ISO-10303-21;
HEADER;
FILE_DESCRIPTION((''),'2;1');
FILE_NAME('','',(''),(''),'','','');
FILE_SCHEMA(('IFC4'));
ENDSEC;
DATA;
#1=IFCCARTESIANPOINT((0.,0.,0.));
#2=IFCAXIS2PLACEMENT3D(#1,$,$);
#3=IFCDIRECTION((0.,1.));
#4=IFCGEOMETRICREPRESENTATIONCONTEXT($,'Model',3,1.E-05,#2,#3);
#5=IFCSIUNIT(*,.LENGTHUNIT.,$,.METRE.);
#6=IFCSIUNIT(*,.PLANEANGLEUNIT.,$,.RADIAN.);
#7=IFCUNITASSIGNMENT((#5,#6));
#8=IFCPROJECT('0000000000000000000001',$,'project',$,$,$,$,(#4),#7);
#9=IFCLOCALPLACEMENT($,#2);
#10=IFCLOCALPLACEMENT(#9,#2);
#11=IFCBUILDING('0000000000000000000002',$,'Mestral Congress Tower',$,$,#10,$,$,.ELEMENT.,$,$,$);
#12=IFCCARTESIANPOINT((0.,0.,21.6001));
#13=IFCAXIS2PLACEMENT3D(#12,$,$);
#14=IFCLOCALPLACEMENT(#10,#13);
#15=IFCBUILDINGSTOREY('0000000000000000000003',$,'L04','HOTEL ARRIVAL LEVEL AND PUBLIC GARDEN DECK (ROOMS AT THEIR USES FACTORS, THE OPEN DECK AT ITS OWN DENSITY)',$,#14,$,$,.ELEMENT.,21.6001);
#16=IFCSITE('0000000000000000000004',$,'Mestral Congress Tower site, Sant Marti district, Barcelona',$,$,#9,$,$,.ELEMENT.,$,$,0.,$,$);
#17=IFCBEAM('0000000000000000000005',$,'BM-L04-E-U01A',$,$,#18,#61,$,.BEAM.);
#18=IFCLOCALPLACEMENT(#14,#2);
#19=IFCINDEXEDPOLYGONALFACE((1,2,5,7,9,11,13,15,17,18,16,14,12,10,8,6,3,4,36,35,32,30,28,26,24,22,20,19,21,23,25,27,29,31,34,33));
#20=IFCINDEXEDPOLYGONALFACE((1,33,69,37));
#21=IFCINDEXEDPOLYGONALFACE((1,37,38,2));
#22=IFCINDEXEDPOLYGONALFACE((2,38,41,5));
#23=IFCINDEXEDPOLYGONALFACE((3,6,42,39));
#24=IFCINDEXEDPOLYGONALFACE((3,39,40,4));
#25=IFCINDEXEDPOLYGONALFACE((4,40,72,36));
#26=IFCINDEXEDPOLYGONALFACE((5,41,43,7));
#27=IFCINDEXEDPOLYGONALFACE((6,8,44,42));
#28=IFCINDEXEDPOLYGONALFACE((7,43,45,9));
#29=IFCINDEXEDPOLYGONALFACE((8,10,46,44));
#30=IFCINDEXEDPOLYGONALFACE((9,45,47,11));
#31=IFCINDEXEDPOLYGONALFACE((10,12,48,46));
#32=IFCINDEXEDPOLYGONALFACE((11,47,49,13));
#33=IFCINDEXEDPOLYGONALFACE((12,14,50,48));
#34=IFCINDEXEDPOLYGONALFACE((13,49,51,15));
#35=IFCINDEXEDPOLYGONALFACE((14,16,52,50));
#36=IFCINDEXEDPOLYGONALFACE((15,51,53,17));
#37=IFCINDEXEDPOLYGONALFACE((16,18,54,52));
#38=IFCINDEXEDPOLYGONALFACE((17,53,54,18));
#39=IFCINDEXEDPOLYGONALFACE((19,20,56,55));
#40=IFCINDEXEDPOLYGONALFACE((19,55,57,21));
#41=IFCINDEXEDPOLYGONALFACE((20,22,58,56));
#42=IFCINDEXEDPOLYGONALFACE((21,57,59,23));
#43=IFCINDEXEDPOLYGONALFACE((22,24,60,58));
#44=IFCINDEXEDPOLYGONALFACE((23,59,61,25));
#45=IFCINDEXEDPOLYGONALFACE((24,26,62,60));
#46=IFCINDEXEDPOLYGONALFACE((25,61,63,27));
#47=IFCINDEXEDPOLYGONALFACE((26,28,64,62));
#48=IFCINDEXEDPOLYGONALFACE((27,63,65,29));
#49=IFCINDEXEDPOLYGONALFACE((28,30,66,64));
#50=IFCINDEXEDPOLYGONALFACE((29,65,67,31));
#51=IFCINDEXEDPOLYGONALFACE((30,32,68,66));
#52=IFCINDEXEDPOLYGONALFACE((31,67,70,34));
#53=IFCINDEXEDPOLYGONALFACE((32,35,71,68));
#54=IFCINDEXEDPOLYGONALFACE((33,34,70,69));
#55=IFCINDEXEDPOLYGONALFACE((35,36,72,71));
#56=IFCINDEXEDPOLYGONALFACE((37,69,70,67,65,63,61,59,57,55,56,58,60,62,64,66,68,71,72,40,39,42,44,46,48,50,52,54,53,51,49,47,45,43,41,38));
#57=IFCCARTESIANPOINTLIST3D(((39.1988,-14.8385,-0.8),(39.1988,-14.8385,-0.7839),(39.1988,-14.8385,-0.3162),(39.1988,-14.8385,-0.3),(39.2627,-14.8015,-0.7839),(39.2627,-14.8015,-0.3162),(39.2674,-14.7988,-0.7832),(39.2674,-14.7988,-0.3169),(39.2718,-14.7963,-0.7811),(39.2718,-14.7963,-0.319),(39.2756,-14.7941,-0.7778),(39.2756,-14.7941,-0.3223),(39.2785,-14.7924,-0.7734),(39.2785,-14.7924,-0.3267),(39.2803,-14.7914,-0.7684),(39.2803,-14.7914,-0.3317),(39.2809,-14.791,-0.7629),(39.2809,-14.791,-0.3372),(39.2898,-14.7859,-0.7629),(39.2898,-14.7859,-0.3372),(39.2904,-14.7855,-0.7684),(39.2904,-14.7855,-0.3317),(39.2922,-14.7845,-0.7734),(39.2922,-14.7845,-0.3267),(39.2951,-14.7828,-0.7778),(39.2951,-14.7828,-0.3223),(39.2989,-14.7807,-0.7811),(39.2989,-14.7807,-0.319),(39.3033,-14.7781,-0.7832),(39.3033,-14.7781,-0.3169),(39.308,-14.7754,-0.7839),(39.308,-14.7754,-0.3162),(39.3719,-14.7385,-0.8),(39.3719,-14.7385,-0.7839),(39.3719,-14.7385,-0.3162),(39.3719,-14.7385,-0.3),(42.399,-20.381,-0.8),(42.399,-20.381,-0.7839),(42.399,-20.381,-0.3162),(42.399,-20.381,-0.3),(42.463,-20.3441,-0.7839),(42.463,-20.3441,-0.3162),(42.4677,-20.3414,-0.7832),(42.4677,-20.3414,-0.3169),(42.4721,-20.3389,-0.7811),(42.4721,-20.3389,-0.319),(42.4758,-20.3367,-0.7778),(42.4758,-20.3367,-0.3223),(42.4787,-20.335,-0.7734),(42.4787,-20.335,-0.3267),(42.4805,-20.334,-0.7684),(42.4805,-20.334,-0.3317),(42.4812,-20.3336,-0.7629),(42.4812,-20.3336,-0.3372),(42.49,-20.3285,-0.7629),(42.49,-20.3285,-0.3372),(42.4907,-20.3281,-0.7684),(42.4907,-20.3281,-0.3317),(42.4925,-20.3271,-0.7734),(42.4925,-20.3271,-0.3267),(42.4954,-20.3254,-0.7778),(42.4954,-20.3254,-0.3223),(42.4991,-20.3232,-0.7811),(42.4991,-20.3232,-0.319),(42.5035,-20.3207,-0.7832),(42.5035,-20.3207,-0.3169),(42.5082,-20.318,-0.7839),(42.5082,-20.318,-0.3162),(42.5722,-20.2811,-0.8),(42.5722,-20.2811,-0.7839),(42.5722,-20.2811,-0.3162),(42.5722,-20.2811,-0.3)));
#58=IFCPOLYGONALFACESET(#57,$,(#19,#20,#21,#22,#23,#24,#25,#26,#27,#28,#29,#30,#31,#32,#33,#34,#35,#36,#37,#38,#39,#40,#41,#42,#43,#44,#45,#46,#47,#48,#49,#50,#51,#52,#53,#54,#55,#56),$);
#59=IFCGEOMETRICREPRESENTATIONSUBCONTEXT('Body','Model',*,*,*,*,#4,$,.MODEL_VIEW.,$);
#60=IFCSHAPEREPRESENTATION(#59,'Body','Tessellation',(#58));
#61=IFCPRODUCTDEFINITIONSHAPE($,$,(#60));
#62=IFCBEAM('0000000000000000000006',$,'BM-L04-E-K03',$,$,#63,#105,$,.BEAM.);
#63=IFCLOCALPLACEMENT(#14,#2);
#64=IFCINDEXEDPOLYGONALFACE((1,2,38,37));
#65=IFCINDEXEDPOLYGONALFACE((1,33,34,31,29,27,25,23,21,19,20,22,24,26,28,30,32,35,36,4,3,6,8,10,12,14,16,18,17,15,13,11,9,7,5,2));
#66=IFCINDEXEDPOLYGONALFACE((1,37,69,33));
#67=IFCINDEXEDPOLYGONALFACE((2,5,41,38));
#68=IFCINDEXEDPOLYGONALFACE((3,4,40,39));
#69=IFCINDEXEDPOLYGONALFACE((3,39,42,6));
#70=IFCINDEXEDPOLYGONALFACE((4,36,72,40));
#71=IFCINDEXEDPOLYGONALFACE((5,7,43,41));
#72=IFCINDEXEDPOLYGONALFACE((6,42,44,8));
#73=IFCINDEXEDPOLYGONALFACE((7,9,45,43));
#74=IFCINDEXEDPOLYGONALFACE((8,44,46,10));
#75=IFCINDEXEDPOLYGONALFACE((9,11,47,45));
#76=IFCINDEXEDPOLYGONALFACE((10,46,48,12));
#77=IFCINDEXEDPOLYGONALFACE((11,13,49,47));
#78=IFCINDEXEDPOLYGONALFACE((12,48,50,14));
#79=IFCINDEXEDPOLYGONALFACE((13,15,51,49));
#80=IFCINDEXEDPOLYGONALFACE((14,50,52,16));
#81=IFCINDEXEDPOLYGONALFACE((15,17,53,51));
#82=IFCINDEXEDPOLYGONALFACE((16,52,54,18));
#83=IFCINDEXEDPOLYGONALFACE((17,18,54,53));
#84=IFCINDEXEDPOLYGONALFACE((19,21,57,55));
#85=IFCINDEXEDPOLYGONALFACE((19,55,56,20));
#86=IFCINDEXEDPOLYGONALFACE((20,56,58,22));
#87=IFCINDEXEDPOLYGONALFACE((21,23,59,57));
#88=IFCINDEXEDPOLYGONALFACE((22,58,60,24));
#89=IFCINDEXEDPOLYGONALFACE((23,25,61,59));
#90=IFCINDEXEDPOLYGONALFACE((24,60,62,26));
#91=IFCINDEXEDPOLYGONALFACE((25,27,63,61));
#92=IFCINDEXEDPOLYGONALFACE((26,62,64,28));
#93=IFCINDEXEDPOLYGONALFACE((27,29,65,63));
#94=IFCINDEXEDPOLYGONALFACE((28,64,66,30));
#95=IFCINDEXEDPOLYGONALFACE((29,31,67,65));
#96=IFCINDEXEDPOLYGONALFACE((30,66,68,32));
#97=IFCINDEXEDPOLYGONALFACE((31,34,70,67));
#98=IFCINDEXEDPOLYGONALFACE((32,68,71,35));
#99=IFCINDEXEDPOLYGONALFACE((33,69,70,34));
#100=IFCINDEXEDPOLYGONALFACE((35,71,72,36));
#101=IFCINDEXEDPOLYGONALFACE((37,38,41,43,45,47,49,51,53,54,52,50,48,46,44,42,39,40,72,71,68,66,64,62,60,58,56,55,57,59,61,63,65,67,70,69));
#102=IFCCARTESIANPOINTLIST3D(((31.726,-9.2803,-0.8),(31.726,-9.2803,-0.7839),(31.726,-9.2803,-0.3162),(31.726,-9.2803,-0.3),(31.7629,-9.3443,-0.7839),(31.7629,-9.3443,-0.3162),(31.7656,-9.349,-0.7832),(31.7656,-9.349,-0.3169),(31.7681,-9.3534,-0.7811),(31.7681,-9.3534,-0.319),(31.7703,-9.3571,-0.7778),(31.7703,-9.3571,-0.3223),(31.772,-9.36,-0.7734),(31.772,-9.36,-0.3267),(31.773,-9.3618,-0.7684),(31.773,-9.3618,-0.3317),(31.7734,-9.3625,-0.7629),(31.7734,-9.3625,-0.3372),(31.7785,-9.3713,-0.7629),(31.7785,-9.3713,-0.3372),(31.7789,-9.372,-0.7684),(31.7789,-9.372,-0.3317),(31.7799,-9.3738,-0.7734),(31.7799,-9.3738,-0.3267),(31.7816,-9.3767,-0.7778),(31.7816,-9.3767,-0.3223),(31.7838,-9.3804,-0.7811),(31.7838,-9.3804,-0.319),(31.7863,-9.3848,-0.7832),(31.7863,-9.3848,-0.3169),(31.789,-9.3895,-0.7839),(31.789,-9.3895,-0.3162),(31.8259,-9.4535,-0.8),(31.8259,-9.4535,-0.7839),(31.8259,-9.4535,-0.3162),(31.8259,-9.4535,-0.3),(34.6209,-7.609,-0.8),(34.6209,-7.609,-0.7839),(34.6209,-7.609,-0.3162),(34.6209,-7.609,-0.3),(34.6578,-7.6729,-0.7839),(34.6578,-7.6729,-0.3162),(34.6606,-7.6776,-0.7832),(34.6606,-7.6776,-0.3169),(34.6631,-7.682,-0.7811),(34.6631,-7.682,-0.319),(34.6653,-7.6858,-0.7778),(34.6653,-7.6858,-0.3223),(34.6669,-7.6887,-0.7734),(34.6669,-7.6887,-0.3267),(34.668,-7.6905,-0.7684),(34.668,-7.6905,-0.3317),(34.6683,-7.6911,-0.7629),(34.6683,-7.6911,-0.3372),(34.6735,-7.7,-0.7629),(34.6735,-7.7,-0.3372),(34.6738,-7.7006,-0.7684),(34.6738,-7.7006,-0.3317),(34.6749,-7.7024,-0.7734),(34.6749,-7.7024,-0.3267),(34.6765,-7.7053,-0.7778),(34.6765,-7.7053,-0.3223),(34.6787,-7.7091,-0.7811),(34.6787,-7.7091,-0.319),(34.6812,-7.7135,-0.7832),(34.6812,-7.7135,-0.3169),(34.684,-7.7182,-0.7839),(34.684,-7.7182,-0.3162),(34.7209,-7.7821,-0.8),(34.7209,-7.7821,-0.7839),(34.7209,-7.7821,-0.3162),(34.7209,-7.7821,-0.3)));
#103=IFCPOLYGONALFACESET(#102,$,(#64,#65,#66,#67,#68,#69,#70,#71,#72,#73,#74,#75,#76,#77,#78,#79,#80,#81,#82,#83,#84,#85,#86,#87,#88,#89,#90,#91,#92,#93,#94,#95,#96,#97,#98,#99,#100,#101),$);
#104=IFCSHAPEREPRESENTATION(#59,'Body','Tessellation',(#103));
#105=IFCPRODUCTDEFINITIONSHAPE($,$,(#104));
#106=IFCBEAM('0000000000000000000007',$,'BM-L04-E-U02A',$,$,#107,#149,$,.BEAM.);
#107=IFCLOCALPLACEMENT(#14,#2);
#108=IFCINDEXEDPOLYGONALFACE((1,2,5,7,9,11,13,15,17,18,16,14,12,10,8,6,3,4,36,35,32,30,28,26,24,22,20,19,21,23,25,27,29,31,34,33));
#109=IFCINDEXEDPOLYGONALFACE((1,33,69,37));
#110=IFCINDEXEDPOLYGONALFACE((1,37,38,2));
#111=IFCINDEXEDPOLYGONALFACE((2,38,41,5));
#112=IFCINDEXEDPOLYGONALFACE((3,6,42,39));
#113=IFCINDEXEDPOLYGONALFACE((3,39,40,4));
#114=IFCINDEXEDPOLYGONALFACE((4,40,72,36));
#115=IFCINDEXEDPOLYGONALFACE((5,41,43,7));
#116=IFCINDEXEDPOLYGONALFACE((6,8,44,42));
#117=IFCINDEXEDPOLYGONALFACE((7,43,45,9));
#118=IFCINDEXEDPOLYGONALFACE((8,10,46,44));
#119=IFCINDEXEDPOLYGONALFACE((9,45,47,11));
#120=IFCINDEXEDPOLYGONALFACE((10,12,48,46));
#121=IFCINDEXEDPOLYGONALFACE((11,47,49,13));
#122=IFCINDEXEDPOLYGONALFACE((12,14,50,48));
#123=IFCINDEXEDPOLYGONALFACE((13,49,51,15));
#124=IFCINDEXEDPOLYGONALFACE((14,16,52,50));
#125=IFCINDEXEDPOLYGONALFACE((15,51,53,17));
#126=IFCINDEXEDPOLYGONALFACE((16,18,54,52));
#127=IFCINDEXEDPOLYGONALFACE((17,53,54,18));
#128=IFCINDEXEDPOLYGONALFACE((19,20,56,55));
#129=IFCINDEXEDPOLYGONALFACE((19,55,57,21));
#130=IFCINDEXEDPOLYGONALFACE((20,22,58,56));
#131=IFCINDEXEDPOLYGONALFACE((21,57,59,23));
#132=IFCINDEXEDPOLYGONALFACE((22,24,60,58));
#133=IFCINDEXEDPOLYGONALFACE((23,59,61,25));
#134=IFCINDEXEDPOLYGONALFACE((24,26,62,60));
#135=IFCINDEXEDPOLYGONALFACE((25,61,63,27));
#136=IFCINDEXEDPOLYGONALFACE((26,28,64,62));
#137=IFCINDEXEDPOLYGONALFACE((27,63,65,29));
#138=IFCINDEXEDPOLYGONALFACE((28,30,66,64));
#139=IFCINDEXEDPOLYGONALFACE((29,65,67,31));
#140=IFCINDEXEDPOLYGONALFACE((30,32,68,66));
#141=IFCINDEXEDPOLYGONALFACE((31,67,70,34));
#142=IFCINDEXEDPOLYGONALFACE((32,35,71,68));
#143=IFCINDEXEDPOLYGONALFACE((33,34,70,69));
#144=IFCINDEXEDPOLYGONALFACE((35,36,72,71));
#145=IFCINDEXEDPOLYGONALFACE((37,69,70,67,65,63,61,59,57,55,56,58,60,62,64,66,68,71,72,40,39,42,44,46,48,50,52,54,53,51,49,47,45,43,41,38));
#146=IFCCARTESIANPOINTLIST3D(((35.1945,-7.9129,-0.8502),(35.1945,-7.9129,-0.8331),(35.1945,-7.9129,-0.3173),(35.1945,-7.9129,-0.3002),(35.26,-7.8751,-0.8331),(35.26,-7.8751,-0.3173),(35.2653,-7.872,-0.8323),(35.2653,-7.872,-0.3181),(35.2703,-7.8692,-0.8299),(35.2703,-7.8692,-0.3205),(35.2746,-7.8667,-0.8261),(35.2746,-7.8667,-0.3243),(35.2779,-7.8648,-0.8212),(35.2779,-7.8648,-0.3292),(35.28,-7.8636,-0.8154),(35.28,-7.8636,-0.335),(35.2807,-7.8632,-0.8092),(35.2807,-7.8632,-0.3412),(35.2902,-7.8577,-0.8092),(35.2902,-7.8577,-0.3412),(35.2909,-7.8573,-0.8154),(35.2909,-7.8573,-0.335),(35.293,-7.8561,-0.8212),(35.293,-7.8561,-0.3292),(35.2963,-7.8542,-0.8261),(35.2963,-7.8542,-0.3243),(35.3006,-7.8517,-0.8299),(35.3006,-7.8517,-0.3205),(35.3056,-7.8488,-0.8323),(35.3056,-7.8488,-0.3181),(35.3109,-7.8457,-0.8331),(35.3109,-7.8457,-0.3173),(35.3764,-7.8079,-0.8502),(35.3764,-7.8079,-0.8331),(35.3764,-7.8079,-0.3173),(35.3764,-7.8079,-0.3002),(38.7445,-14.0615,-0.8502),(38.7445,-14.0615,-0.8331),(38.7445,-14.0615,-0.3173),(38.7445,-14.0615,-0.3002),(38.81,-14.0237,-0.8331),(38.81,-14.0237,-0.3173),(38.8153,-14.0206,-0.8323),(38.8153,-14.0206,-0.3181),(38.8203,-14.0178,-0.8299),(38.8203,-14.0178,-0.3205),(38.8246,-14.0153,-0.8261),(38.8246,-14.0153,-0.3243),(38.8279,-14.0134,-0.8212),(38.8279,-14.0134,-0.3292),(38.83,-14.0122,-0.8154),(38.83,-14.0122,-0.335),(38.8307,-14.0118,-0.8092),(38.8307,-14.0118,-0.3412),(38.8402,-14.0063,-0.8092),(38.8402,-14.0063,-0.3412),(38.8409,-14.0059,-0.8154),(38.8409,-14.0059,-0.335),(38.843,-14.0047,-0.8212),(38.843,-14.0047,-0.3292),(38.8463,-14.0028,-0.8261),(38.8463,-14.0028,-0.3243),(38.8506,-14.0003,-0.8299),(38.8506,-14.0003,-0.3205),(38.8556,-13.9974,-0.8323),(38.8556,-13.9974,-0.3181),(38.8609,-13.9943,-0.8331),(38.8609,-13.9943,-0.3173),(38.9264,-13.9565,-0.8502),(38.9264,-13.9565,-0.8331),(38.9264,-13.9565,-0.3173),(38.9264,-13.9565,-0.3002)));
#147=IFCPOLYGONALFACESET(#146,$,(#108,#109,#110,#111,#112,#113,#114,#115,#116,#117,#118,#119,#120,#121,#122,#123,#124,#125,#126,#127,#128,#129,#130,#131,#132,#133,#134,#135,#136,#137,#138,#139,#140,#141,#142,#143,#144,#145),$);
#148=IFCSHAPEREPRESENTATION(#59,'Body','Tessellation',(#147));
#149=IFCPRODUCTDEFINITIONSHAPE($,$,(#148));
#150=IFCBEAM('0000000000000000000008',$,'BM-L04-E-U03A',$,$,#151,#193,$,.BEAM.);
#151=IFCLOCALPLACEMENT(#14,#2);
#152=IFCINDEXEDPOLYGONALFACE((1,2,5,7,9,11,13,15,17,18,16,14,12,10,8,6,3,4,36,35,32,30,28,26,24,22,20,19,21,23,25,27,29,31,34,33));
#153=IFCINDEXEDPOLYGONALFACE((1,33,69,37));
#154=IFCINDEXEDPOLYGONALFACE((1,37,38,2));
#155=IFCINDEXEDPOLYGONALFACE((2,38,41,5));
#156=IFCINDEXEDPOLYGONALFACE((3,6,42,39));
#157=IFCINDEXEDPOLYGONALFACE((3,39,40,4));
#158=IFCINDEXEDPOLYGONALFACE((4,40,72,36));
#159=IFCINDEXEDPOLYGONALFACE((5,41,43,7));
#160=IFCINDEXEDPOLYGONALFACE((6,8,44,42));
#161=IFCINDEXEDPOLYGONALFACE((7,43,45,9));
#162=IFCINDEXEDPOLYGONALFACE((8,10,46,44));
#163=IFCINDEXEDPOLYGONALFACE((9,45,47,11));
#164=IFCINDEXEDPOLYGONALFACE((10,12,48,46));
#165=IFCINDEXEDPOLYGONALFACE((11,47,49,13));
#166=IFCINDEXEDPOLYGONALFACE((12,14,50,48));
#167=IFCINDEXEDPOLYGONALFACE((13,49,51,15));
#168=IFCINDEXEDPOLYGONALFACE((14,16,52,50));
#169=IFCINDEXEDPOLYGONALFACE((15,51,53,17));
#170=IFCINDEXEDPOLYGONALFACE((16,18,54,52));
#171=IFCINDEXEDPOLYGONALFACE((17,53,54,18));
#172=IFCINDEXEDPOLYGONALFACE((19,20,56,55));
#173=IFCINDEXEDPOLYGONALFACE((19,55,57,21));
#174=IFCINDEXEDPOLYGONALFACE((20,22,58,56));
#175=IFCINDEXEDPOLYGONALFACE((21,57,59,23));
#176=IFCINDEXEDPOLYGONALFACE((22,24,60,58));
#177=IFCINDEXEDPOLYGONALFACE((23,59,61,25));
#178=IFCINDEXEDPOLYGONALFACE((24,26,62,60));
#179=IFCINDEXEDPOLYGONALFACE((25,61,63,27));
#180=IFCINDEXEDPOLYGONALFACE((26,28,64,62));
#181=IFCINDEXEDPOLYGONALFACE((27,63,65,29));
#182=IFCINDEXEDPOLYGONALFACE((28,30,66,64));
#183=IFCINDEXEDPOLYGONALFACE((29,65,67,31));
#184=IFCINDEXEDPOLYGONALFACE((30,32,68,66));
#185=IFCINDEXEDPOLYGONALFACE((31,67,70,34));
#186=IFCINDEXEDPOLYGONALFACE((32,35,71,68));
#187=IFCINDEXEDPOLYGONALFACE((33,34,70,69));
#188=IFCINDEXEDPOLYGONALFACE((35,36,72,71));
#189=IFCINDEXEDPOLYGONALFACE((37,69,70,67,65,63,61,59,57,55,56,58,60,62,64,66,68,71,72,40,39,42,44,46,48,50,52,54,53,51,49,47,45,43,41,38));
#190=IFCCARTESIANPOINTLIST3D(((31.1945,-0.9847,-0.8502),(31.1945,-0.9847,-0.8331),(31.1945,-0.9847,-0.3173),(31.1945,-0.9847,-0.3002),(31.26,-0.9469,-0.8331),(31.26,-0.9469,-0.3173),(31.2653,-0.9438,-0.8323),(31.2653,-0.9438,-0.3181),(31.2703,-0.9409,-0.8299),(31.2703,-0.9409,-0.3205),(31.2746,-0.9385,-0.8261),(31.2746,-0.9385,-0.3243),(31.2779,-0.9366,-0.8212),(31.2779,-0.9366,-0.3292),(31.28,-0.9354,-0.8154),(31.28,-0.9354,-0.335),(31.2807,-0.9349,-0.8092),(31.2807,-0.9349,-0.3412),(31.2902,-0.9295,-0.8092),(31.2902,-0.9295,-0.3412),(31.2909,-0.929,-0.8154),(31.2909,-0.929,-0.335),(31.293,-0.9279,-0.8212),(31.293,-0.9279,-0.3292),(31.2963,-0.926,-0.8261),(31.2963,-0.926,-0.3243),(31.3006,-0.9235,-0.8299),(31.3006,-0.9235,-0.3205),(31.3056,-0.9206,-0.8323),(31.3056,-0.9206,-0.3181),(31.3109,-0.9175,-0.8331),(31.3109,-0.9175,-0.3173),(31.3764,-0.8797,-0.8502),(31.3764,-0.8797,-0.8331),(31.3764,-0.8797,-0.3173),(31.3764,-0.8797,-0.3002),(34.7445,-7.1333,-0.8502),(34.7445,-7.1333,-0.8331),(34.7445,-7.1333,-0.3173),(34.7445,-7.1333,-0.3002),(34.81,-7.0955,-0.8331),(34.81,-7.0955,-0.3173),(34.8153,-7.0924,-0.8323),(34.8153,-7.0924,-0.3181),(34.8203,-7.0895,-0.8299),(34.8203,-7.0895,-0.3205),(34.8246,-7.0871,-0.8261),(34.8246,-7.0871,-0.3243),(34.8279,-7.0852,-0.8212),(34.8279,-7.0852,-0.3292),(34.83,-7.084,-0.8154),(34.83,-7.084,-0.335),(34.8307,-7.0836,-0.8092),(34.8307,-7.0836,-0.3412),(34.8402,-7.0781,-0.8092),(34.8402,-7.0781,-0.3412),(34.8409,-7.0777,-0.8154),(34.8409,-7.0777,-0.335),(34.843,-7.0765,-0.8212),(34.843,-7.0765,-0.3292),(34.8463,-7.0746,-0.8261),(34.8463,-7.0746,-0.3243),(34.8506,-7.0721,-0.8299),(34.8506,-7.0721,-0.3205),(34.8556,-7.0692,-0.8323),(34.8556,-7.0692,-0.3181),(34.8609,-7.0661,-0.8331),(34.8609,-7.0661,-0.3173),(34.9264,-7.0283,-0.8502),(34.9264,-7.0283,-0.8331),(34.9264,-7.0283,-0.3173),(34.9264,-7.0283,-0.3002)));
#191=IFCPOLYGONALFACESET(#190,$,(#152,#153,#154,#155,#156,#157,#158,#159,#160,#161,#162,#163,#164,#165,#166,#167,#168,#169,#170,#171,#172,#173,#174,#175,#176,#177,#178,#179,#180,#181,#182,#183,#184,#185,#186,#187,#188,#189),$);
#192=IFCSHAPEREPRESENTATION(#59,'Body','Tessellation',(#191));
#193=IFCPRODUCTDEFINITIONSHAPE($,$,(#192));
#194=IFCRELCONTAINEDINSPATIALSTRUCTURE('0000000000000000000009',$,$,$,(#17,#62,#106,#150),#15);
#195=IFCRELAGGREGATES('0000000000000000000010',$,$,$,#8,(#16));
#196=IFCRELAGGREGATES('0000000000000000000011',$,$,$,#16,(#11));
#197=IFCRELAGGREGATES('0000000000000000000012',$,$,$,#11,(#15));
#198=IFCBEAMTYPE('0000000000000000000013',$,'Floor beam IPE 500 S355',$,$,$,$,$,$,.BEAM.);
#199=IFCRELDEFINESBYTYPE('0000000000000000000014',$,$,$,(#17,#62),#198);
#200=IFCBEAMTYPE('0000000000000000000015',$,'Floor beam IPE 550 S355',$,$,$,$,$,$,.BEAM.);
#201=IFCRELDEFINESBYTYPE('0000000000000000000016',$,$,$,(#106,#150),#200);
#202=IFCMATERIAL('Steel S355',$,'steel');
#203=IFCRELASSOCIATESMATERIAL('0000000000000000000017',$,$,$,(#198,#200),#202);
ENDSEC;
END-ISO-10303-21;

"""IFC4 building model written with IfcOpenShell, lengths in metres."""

from ifc_helpers import new_model, si_unit, direction, frame, origin, origin_2d, place, context, subcontext, project, spatial, i_section, extrude, material, material_profile, profile_set, type_object, element, save


model = new_model("IFC4")

# Units and contexts
model_context = context("Model", 3, precision=1e-05, world=origin(), true_north=direction((0.0, 1.0)))
body_context = subcontext(model_context, "Body", "Model", "MODEL_VIEW")
ifc_project = project(units=[si_unit("LENGTHUNIT", "METRE"), si_unit("PLANEANGLEUNIT", "RADIAN")], contexts=[model_context])

# Site, building, storey
site_placement = place(None, origin())
site = spatial("IfcSite", under=ifc_project, at=site_placement, Name="Mestral Congress Tower site, Sant Marti district, Barcelona", CompositionType="ELEMENT", RefElevation=0.0)
building_placement = place(site_placement, origin())
building = spatial("IfcBuilding", under=site, at=building_placement, Name="Mestral Congress Tower", CompositionType="ELEMENT")
storey_placement = place(building_placement, frame((0.0, 0.0, 21.6001)))
storey = spatial("IfcBuildingStorey", under=building, at=storey_placement, Name="L04", Description="HOTEL ARRIVAL LEVEL AND PUBLIC GARDEN DECK (ROOMS AT THEIR USES FACTORS, THE OPEN DECK AT ITS OWN DENSITY)", CompositionType="ELEMENT", Elevation=21.6001)

# Beams
ifc_material_1 = material(Name="Steel S355", Category="steel")
ifc_material_profile_1 = material_profile(ifc_material_1, i_section(OverallWidth=0.2, OverallDepth=0.5, WebThickness=0.0103, FlangeThickness=0.0161, FilletRadius=0.021, at=origin_2d()), Name="IPE 500")
ifc_profile_set_1 = profile_set([ifc_material_profile_1], Name="Steel S355")
beam_type_1 = type_object("IfcBeamType", Name="Floor beam IPE 500 S355", PredefinedType="BEAM", material=ifc_profile_set_1)
beam_1_placement = place(storey_placement, frame((42.4856, -20.3311, -0.55), z_axis=(-0.500028, 0.866009, 0.0), x_axis=(-0.866009, -0.500028, 0.0)))
element("IfcBeam", 1, at=beam_1_placement, inside=storey, type_object=beam_type_1, Name="BM-L04-E-U01A", PredefinedType="BEAM", context=body_context, shape_type="SweptSolid", body=[
    extrude(i_section(OverallWidth=0.2, OverallDepth=0.5, WebThickness=0.0103, FlangeThickness=0.0161, FilletRadius=0.021, at=origin_2d()), origin(), (0.0, 0.0, 1.0), 6.4001),
])
beam_2_placement = place(storey_placement, frame((34.6709, -7.6956, -0.55), z_axis=(-0.866032, -0.499988, 0.0), x_axis=(0.499988, -0.866032, 0.0)))
element("IfcBeam", 2, at=beam_2_placement, inside=storey, type_object=beam_type_1, Name="BM-L04-E-K03", PredefinedType="BEAM", context=body_context, shape_type="SweptSolid", body=[
    extrude(i_section(OverallWidth=0.2, OverallDepth=0.5, WebThickness=0.0103, FlangeThickness=0.0161, FilletRadius=0.021, at=origin_2d()), origin(), (0.0, 0.0, 1.0), 3.3428),
])
ifc_material_profile_2 = material_profile(ifc_material_1, i_section(OverallWidth=0.21, OverallDepth=0.55, WebThickness=0.011, FlangeThickness=0.0171, FilletRadius=0.0239, at=origin_2d()), Name="IPE 550")
ifc_profile_set_2 = profile_set([ifc_material_profile_2], Name="Steel S355")
beam_type_2 = type_object("IfcBeamType", Name="Floor beam IPE 550 S355", PredefinedType="BEAM", material=ifc_profile_set_2)
for number, where, z_axis, x_axis, name in (
    (3, (38.8354, -14.009, -0.5752), (-0.500011, 0.866019, 0.0), (-0.866019, -0.500011, 0.0), "BM-L04-E-U02A"),
    (4, (34.8354, -7.0808, -0.5752), (-0.500011, 0.866019, 0.0), (-0.866019, -0.500011, 0.0), "BM-L04-E-U03A"),
):
    element("IfcBeam", number, at=place(storey_placement, frame(where, z_axis=z_axis, x_axis=x_axis)), inside=storey, type_object=beam_type_2, Name=name, PredefinedType="BEAM", context=body_context, shape_type="SweptSolid", body=[
        extrude(i_section(OverallWidth=0.21, OverallDepth=0.55, WebThickness=0.011, FlangeThickness=0.0171, FilletRadius=0.0239, at=origin_2d()), origin(), (0.0, 0.0, 1.0), 7.0999),
    ])

save(model, "model.ifc")
